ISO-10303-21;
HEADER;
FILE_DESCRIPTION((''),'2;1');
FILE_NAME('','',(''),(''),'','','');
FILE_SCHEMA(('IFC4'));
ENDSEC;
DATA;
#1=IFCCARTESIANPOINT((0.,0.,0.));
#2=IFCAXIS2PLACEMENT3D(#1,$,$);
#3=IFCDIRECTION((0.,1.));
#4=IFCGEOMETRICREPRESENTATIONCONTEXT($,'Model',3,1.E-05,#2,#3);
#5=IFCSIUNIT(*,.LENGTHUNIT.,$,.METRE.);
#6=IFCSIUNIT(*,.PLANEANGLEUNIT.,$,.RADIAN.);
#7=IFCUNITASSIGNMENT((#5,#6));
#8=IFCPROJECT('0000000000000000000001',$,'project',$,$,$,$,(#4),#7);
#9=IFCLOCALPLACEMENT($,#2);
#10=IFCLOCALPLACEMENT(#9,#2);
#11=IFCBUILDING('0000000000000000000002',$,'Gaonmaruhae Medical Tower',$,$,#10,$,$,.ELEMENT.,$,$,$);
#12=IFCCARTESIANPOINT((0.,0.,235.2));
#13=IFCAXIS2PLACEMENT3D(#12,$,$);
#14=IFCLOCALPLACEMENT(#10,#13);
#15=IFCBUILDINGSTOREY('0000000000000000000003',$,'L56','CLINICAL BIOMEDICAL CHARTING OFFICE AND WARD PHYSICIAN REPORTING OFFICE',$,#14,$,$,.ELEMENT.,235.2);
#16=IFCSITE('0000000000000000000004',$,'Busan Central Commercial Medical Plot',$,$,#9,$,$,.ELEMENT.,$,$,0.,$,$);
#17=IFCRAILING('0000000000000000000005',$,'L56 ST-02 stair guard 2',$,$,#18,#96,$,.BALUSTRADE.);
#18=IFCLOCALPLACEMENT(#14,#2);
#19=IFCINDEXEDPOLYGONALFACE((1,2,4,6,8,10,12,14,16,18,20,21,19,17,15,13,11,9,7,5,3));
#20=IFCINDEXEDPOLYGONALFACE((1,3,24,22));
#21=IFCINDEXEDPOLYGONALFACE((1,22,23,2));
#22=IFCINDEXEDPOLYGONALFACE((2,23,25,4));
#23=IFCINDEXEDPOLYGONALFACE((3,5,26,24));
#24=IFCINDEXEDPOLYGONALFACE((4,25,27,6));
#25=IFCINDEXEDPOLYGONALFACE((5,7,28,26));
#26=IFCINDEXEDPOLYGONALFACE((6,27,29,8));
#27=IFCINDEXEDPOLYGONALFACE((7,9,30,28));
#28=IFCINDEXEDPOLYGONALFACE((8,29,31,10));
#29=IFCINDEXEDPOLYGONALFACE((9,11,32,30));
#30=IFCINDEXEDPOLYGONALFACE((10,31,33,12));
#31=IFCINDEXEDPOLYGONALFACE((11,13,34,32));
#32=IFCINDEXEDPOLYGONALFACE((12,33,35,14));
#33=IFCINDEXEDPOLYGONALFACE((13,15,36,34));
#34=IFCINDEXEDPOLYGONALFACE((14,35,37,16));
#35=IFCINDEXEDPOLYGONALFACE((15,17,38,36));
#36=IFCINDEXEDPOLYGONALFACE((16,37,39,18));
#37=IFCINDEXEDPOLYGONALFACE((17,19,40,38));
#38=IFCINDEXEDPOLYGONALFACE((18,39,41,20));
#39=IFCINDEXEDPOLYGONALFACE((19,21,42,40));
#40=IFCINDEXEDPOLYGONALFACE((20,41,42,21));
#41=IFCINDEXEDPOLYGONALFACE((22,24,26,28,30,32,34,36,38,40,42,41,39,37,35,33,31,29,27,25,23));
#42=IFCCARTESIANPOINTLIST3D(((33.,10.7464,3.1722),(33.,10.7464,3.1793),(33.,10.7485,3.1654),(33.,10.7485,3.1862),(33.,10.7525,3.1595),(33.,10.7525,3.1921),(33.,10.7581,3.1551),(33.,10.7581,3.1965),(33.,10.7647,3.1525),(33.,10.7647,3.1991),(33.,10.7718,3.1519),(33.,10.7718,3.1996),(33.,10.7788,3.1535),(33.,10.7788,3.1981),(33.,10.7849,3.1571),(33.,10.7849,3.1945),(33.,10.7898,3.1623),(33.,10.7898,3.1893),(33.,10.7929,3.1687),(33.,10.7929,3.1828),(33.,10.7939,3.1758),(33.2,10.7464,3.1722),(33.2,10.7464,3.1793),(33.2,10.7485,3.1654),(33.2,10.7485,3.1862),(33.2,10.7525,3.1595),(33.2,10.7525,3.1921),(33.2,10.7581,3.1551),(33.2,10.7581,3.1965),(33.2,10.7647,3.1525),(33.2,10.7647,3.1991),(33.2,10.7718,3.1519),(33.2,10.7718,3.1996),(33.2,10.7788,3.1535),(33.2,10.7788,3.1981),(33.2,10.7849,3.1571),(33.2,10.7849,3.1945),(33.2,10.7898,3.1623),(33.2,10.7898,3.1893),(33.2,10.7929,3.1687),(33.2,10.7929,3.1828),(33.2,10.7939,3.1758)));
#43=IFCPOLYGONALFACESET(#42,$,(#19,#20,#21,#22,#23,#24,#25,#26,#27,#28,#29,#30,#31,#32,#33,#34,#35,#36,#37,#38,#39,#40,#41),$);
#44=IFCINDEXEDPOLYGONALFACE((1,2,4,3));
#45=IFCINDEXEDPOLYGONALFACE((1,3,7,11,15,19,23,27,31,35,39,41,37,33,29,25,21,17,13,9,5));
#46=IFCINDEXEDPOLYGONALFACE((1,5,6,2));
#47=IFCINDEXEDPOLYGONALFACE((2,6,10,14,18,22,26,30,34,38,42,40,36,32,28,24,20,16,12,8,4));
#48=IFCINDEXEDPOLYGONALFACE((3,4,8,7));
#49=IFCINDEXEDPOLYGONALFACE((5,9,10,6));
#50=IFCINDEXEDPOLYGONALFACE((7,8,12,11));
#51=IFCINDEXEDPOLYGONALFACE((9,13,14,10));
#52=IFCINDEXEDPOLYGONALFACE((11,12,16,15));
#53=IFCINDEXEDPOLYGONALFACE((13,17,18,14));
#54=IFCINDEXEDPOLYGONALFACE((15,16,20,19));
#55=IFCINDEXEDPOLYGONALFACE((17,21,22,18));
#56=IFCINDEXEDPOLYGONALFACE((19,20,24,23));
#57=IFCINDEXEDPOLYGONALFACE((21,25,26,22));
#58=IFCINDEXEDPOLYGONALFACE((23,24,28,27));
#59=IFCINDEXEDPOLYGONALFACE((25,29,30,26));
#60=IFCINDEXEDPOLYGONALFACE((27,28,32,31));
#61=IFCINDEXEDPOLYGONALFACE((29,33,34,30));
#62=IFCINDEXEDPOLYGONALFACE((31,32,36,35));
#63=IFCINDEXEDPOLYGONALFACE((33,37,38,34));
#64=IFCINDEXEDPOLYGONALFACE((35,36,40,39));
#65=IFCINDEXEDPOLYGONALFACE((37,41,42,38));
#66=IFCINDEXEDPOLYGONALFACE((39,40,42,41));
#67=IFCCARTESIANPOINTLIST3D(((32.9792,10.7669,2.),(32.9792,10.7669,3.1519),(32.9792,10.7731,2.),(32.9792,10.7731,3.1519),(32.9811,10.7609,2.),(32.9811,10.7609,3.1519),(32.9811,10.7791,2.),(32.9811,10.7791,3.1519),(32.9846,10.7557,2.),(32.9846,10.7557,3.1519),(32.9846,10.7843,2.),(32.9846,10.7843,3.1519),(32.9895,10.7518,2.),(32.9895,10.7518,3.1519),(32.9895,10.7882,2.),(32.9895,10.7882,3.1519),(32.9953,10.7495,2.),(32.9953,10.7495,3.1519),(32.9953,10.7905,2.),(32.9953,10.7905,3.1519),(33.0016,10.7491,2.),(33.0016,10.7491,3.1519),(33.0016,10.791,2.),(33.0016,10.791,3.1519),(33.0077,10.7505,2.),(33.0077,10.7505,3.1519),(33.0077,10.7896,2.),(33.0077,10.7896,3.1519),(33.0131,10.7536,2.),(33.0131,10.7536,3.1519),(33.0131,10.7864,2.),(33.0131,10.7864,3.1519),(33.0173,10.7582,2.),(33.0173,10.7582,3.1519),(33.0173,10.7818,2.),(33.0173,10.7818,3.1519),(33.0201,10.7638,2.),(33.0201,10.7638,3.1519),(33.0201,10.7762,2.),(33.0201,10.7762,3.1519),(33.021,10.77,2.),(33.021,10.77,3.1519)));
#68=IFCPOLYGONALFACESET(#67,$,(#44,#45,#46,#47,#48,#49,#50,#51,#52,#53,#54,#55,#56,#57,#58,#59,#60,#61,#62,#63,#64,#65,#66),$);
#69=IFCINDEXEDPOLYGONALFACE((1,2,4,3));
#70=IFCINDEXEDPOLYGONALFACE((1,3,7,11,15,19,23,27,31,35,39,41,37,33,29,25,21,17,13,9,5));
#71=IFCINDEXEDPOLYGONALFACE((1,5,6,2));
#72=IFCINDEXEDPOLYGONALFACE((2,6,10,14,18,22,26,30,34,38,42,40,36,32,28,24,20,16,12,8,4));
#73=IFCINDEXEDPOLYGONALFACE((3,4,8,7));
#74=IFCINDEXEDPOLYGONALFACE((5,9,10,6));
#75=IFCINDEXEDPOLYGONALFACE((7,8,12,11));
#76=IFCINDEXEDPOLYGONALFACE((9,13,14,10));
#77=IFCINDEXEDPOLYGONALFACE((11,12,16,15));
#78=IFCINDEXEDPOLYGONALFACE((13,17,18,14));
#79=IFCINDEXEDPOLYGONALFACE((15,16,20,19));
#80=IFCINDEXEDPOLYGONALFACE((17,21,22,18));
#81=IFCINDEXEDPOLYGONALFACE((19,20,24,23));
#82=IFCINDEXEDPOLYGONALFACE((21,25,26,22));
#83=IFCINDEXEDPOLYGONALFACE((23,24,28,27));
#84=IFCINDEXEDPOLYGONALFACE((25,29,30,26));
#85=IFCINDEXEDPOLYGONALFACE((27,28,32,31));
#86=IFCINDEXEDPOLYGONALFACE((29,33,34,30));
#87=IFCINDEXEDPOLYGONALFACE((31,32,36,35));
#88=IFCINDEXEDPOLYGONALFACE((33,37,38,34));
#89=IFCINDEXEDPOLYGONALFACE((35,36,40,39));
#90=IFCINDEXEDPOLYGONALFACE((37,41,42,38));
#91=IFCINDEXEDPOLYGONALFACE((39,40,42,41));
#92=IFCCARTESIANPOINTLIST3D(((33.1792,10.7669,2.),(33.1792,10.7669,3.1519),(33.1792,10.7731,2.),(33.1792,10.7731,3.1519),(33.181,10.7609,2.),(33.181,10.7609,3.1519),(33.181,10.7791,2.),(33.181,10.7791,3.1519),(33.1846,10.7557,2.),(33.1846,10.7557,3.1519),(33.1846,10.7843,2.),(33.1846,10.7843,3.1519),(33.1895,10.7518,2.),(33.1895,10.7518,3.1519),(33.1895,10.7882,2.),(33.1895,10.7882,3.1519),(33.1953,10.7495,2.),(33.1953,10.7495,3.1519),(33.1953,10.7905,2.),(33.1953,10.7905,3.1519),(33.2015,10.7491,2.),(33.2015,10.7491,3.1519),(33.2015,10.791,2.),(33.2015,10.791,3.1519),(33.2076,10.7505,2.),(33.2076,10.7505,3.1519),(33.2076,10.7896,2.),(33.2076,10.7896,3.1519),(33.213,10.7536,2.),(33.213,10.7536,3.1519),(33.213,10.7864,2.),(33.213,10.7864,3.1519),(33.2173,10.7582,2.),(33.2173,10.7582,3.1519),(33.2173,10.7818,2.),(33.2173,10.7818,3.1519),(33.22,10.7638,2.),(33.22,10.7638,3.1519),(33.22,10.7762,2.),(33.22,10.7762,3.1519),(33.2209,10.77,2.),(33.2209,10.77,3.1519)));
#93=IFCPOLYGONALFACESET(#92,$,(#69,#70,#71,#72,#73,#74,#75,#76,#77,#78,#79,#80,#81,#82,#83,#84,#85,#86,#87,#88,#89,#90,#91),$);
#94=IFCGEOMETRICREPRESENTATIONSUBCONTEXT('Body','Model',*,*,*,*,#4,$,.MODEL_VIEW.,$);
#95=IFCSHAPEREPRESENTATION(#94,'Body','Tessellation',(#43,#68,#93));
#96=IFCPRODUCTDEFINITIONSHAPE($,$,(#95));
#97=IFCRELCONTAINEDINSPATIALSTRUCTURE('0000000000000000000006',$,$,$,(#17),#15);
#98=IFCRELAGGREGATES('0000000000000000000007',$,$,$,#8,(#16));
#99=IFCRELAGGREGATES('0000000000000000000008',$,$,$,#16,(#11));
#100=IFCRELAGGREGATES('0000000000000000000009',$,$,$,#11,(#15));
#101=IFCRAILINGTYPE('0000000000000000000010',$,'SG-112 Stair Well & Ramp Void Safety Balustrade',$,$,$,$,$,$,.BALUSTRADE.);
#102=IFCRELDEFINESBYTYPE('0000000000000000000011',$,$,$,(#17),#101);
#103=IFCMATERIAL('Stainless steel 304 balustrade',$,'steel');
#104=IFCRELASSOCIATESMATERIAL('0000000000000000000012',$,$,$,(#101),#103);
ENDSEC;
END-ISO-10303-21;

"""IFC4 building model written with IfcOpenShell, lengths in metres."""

from ifc_helpers import new_model, si_unit, direction, frame, origin, origin_2d, place, context, subcontext, project, spatial, circle, extrude, material, type_object, element, save


model = new_model("IFC4")

# Units and contexts
model_context = context("Model", 3, precision=1e-05, world=origin(), true_north=direction((0.0, 1.0)))
body_context = subcontext(model_context, "Body", "Model", "MODEL_VIEW")
ifc_project = project(units=[si_unit("LENGTHUNIT", "METRE"), si_unit("PLANEANGLEUNIT", "RADIAN")], contexts=[model_context])

# Site, building, storey
site_placement = place(None, origin())
site = spatial("IfcSite", under=ifc_project, at=site_placement, Name="Busan Central Commercial Medical Plot", CompositionType="ELEMENT", RefElevation=0.0)
building_placement = place(site_placement, origin())
building = spatial("IfcBuilding", under=site, at=building_placement, Name="Gaonmaruhae Medical Tower", CompositionType="ELEMENT")
storey_placement = place(building_placement, frame((0.0, 0.0, 235.2)))
storey = spatial("IfcBuildingStorey", under=building, at=storey_placement, Name="L56", Description="CLINICAL BIOMEDICAL CHARTING OFFICE AND WARD PHYSICIAN REPORTING OFFICE", CompositionType="ELEMENT", Elevation=235.2)

# Railing
ifc_material_1 = material(Name="Stainless steel 304 balustrade", Category="steel")
railing_type_1 = type_object("IfcRailingType", Name="SG-112 Stair Well & Ramp Void Safety Balustrade", PredefinedType="BALUSTRADE", material=ifc_material_1)
railing_1_placement = place(storey_placement, frame((33.0, 10.77, 2.0)))
element("IfcRailing", 1, at=railing_1_placement, inside=storey, type_object=railing_type_1, Name="L56 ST-02 stair guard 2", PredefinedType="BALUSTRADE", context=body_context, shape_type="SweptSolid", body=[
    extrude(circle(Radius=0.0239, at=origin_2d()), frame((0.0, 0.0, 1.1758), z_axis=(1.0, 0.0, 0.0), x_axis=(0.0, 1.0, 0.0)), (0.0, 0.0, 1.0), 0.2),
    extrude(circle(Radius=0.021, at=origin_2d()), origin(), (0.0, 0.0, 1.0), 1.1519),
    extrude(circle(Radius=0.021, at=origin_2d()), frame((0.2, 0.0, 0.0)), (0.0, 0.0, 1.0), 1.1519),
])

save(model, "model.ifc")
